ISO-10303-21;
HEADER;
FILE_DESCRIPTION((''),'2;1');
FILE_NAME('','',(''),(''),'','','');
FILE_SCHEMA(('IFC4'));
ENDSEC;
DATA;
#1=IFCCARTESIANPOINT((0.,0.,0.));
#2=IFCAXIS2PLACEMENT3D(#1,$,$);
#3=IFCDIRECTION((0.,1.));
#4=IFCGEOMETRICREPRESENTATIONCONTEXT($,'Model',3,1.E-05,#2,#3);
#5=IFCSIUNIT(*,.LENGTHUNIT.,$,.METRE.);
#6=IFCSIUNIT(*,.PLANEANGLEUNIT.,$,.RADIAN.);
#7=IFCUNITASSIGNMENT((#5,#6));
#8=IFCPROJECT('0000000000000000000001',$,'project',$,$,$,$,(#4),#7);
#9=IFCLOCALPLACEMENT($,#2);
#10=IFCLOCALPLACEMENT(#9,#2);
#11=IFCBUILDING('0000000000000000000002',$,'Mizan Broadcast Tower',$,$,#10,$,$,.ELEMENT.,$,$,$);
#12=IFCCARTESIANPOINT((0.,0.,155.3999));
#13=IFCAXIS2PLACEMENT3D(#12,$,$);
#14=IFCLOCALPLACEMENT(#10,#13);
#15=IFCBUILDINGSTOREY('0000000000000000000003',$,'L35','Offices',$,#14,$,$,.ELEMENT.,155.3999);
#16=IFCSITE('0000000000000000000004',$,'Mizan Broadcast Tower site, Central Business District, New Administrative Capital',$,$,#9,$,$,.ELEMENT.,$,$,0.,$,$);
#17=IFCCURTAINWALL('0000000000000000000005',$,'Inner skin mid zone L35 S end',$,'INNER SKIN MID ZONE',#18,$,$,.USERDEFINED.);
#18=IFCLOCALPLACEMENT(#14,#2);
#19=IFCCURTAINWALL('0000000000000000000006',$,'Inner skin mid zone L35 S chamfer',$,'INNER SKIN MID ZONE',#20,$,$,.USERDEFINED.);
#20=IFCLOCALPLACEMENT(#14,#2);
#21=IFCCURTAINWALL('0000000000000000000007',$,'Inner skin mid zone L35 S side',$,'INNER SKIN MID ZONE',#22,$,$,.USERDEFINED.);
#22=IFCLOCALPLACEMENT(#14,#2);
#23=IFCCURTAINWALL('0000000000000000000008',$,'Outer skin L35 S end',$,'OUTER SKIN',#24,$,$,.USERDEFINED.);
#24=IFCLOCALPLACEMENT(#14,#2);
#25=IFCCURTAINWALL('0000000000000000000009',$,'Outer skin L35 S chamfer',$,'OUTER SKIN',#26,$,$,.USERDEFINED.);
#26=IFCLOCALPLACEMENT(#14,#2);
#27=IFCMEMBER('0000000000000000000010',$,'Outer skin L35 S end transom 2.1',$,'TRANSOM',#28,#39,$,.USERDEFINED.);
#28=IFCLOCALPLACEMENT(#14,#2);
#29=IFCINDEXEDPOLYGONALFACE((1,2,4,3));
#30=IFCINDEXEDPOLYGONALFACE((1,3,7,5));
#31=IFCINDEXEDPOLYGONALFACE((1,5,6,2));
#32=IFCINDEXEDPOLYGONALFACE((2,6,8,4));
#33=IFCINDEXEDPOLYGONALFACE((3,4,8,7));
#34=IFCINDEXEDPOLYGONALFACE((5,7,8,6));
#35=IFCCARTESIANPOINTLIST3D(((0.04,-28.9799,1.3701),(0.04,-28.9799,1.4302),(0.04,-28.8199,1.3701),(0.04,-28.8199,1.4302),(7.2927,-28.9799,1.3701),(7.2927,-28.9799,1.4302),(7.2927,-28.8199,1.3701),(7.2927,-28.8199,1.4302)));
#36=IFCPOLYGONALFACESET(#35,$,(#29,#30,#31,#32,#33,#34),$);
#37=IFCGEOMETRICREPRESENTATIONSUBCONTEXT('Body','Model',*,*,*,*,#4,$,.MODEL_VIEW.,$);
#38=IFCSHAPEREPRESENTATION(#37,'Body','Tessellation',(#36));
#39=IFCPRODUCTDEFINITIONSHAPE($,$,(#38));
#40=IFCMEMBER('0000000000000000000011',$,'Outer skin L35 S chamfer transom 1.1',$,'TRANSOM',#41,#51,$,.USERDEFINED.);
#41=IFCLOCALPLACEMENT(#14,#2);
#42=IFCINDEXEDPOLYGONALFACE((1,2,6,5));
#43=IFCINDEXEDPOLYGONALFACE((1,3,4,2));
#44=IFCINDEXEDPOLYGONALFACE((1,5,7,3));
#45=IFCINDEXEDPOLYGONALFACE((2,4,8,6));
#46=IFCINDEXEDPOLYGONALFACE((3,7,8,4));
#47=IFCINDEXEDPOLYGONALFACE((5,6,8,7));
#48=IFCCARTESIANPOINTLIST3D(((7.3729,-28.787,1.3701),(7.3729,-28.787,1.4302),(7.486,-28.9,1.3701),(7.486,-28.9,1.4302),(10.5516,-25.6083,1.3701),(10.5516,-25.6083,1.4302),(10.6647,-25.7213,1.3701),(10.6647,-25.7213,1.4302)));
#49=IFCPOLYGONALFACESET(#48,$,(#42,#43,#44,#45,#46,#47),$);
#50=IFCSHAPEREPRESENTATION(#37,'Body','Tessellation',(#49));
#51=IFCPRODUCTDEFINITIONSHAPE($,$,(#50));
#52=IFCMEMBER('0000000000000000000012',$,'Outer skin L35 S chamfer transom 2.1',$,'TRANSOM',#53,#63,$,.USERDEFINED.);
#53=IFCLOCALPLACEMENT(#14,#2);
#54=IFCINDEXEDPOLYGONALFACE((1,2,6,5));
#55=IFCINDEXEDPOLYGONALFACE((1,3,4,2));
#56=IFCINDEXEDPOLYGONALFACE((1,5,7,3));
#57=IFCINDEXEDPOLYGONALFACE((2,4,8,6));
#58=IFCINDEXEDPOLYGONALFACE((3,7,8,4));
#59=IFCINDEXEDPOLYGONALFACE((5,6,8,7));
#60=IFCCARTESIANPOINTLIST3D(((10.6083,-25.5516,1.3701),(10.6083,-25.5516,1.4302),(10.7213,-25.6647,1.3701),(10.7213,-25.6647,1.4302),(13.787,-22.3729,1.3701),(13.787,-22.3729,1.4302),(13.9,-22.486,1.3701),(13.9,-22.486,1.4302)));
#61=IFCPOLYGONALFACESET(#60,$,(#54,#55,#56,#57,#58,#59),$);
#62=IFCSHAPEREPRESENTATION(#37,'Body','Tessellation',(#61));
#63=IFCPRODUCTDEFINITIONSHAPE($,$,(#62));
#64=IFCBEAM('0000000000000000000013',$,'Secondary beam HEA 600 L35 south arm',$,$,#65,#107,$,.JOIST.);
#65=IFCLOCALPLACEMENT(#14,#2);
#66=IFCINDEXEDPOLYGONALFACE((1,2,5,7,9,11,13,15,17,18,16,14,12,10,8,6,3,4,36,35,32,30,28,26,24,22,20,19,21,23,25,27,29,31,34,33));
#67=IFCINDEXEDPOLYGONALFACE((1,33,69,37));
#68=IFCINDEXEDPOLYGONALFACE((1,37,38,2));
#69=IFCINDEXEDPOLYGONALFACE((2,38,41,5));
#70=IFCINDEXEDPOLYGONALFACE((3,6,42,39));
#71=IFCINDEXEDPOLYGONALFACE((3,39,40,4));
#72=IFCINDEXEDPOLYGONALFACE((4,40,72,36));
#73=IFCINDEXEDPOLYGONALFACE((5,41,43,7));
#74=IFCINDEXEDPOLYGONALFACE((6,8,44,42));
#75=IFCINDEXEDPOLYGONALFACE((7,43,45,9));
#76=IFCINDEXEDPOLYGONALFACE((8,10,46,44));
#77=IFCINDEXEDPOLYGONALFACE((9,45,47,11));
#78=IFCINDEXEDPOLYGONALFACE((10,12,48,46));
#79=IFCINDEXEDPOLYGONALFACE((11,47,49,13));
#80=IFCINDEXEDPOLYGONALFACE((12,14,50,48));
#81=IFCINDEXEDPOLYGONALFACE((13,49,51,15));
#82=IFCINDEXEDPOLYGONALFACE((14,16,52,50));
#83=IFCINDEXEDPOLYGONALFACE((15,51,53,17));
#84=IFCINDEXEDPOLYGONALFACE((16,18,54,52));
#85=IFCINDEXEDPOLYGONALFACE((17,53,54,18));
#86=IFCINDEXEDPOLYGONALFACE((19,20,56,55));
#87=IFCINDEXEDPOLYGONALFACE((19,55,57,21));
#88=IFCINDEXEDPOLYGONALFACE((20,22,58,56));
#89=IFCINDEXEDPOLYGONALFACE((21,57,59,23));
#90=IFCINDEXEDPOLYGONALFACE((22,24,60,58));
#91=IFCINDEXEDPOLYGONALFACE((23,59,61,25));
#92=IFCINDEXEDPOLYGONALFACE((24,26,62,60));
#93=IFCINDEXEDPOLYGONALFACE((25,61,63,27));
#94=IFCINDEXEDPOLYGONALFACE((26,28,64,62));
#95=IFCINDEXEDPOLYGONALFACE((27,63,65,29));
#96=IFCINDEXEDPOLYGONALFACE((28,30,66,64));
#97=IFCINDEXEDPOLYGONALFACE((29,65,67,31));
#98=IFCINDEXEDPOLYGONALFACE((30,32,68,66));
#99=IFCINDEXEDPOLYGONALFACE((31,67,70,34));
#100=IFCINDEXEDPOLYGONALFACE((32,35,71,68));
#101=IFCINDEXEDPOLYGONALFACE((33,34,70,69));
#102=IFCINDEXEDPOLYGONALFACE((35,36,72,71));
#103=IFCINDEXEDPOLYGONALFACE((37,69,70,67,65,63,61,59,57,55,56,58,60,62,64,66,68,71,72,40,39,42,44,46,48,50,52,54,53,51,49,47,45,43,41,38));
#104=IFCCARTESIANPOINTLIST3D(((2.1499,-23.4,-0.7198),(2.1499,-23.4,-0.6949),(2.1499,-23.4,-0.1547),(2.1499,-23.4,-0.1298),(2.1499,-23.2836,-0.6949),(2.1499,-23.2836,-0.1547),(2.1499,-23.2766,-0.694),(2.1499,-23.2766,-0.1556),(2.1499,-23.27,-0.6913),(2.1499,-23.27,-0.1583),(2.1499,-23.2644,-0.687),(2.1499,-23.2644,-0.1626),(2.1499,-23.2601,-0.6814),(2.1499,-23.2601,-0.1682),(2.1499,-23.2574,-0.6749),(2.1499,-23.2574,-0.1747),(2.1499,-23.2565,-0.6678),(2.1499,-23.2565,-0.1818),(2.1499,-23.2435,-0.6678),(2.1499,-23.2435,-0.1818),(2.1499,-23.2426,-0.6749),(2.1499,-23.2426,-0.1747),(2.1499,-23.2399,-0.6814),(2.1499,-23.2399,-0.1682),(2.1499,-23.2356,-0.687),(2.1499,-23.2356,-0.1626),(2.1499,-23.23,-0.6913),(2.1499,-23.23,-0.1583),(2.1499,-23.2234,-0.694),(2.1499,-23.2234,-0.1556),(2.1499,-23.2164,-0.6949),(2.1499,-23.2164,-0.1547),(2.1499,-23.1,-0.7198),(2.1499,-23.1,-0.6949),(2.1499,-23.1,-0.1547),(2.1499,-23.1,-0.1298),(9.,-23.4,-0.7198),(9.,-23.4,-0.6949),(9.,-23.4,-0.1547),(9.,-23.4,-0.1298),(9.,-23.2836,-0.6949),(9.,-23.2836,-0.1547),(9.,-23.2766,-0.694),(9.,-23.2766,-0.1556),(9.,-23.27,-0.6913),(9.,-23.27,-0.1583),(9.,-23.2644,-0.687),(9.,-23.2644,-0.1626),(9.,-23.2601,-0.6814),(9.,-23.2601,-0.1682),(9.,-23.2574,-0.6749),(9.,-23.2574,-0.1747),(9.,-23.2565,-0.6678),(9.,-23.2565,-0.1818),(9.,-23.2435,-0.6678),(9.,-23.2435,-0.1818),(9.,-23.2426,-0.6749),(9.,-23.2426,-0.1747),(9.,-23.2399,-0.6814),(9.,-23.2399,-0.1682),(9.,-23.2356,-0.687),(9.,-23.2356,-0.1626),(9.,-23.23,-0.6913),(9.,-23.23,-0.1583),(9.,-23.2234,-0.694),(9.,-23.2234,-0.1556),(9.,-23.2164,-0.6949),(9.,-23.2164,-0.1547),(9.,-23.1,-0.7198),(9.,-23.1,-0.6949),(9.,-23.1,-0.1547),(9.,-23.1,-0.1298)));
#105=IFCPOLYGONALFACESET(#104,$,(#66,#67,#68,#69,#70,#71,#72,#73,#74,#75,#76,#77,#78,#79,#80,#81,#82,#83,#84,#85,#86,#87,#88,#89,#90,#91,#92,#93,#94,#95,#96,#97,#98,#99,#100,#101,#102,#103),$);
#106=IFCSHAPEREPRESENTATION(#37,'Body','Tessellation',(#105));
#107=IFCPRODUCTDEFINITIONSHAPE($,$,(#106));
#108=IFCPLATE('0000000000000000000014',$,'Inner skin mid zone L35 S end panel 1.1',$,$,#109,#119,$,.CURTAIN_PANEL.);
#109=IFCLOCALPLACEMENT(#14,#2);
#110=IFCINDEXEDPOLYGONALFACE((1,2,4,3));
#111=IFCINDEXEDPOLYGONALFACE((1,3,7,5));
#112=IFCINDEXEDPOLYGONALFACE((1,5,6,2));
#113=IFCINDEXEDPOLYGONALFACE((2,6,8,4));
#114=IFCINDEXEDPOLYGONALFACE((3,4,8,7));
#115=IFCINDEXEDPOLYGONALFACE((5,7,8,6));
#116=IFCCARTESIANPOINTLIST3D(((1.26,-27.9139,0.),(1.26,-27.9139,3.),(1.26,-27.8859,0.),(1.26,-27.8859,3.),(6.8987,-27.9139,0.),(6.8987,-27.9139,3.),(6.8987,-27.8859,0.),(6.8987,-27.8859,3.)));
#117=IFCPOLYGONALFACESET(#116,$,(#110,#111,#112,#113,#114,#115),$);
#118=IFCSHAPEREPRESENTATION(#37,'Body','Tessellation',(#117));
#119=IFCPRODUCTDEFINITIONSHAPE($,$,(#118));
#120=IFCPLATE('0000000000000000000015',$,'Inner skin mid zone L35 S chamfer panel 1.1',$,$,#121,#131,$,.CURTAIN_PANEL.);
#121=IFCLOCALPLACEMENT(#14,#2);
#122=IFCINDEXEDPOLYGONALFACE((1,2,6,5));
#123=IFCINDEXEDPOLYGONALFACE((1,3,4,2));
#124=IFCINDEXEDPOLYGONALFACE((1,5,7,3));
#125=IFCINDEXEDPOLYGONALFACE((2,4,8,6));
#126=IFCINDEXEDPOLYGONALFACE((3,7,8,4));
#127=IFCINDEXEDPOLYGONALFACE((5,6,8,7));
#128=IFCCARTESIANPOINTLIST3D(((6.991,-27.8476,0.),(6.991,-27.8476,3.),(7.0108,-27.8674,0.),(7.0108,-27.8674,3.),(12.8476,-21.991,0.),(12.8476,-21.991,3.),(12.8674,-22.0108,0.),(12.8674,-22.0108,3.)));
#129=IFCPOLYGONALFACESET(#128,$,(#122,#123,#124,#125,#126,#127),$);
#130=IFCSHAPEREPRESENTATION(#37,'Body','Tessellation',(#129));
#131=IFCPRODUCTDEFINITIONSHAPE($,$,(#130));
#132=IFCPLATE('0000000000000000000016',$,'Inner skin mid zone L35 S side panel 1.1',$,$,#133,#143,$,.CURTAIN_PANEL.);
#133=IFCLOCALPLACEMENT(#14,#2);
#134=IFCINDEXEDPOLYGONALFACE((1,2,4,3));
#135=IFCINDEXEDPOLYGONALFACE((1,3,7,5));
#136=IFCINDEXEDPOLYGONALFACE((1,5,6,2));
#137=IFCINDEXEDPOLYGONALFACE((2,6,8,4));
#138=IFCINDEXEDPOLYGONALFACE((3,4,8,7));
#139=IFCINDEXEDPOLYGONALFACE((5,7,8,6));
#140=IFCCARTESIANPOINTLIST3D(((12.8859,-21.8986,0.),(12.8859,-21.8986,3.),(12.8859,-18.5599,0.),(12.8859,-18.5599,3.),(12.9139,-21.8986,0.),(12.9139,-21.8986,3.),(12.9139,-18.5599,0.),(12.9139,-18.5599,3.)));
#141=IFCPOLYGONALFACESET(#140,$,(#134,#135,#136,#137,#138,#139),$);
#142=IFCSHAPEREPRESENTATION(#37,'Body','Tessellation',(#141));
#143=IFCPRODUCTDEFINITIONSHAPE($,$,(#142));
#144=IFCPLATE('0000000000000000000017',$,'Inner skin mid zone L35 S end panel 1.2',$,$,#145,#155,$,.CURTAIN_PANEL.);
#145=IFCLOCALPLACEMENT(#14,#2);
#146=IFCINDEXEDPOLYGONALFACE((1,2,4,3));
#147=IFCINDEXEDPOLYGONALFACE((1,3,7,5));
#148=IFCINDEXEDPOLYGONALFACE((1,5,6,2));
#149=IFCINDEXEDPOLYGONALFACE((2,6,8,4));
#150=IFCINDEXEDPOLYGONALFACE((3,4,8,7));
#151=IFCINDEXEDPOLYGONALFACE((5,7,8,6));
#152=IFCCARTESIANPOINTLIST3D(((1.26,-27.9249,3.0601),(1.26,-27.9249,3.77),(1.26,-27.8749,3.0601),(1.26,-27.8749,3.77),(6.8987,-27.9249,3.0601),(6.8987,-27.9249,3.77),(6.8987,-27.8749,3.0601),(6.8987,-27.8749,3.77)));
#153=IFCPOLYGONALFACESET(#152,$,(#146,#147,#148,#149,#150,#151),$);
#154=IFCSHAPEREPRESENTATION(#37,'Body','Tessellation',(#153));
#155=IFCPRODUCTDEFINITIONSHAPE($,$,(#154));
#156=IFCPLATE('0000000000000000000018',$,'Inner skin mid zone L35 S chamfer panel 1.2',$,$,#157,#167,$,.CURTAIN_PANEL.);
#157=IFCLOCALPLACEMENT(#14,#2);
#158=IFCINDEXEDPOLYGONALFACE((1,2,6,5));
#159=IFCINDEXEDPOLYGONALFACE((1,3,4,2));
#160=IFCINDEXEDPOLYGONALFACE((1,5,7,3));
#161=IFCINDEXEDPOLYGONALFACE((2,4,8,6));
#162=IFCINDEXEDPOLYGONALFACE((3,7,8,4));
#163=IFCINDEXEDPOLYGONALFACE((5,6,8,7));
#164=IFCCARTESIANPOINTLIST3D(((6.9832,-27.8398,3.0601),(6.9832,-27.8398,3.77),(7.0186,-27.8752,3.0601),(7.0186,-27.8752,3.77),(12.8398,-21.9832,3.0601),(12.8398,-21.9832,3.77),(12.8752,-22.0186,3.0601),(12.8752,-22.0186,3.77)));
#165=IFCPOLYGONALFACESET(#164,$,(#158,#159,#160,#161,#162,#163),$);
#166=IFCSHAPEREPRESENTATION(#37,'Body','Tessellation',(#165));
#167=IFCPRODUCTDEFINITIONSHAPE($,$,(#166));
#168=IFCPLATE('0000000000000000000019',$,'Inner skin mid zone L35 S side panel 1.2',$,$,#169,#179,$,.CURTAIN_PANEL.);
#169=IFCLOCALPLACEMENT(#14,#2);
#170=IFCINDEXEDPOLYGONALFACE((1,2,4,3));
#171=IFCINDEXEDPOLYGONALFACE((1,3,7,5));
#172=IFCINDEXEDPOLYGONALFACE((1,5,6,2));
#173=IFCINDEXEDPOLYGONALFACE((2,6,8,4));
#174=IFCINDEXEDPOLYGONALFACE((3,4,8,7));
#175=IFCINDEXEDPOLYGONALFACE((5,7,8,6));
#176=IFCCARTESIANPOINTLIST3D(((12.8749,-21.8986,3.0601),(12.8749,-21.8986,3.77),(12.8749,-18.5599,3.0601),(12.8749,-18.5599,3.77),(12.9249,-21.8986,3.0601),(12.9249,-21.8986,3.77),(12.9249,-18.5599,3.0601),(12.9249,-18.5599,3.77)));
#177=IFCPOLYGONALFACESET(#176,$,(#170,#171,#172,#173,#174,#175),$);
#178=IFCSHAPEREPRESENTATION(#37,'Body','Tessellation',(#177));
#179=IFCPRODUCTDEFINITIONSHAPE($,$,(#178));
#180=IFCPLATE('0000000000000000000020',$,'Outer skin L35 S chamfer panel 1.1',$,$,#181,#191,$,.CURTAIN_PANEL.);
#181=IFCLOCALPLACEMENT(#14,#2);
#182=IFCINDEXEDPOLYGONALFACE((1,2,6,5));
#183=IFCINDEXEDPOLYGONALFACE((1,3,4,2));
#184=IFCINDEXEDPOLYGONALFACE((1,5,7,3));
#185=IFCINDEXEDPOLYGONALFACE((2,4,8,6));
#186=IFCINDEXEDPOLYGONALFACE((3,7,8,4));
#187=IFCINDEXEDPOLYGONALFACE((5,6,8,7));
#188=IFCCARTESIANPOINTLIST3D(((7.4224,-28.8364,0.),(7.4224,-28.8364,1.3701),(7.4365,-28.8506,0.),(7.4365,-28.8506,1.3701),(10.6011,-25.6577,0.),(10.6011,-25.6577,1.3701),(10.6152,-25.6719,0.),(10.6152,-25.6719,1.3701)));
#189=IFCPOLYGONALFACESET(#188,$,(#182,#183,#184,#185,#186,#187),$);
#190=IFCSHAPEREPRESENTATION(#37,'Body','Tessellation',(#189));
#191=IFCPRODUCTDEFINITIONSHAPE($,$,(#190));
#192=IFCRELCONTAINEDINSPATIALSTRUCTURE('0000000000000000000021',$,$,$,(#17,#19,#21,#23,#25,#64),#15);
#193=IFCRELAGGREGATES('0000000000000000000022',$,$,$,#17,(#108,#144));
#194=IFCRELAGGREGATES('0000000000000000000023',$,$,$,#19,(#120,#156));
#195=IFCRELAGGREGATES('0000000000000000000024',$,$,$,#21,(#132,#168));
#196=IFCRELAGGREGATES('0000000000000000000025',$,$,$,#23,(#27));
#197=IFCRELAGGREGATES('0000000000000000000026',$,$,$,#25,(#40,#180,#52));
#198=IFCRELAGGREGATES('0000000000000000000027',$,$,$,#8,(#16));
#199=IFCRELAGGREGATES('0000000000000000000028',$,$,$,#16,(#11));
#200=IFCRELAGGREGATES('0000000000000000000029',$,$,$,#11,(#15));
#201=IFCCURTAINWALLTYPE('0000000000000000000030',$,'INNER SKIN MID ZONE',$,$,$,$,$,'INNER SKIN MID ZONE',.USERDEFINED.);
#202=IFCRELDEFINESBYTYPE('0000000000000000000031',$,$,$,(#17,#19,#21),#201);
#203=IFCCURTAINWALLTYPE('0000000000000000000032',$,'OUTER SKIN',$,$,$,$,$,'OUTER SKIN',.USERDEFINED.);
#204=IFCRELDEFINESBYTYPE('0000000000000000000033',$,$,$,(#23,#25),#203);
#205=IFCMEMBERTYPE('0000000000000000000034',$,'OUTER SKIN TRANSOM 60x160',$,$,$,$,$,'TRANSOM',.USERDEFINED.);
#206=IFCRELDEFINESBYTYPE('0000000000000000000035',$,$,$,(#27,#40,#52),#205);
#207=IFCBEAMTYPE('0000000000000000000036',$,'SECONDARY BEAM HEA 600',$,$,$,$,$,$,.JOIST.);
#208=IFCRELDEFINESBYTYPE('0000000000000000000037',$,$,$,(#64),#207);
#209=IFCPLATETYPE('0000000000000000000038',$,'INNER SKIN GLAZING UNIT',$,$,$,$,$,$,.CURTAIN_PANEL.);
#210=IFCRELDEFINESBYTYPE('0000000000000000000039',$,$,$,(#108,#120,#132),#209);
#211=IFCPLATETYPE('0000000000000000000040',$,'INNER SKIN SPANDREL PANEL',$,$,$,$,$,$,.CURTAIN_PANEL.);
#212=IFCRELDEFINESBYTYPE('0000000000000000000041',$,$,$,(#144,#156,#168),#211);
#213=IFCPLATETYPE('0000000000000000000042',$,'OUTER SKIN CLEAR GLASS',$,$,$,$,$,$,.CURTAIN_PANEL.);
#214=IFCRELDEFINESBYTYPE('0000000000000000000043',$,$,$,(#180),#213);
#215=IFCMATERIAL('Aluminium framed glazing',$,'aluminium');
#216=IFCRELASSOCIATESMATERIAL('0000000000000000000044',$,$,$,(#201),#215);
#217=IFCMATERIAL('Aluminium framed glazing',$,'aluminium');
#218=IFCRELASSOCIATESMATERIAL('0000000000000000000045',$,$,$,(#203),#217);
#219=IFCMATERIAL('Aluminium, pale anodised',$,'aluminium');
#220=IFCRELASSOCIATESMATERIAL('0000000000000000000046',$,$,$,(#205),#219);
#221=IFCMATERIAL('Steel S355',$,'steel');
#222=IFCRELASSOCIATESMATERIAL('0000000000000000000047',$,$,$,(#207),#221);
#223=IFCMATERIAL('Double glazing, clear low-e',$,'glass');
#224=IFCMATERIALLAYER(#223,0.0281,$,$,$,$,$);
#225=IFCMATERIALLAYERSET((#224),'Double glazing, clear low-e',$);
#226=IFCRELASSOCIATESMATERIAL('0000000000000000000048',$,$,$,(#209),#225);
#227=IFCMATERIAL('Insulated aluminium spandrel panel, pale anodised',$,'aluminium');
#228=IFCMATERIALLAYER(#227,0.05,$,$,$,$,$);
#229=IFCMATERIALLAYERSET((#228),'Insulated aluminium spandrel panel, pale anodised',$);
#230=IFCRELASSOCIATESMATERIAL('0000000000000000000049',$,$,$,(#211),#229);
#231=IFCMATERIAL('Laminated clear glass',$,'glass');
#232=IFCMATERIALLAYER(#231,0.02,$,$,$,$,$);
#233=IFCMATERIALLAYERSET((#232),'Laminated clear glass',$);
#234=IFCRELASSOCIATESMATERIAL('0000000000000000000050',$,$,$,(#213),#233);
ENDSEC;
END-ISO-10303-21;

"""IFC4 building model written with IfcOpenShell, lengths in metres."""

from ifc_helpers import new_model, si_unit, direction, frame, origin, origin_2d, place, context, subcontext, project, spatial, rectangle, i_section, extrude, material, layer, layer_set, material_profile, profile_set, type_object, element, aggregate, save


model = new_model("IFC4")

# Units and contexts
model_context = context("Model", 3, precision=1e-05, world=origin(), true_north=direction((0.0, 1.0)))
body_context = subcontext(model_context, "Body", "Model", "MODEL_VIEW")
ifc_project = project(units=[si_unit("LENGTHUNIT", "METRE"), si_unit("PLANEANGLEUNIT", "RADIAN")], contexts=[model_context])

# Site, building, storey
site_placement = place(None, origin())
site = spatial("IfcSite", under=ifc_project, at=site_placement, Name="Mizan Broadcast Tower site, Central Business District, New Administrative Capital", CompositionType="ELEMENT", RefElevation=0.0)
building_placement = place(site_placement, origin())
building = spatial("IfcBuilding", under=site, at=building_placement, Name="Mizan Broadcast Tower", CompositionType="ELEMENT")
storey_placement = place(building_placement, frame((0.0, 0.0, 155.3999)))
storey = spatial("IfcBuildingStorey", under=building, at=storey_placement, Name="L35", Description="Offices", CompositionType="ELEMENT", Elevation=155.3999)

# Curtain wall
ifc_material_1 = material(Name="Aluminium framed glazing", Category="aluminium")
curtain_wall_type_1 = type_object("IfcCurtainWallType", Name="INNER SKIN MID ZONE", ElementType="INNER SKIN MID ZONE", PredefinedType="USERDEFINED", material=ifc_material_1)
curtain_wall_1_placement = place(storey_placement, origin())
curtain_wall_1 = element("IfcCurtainWall", 1, at=curtain_wall_1_placement, inside=storey, type_object=curtain_wall_type_1, Name="Inner skin mid zone L35 S end", ObjectType="INNER SKIN MID ZONE", PredefinedType="USERDEFINED")

# Curtain wall
curtain_wall_2_placement = place(storey_placement, origin())
curtain_wall_2 = element("IfcCurtainWall", 2, at=curtain_wall_2_placement, inside=storey, type_object=curtain_wall_type_1, Name="Inner skin mid zone L35 S chamfer", ObjectType="INNER SKIN MID ZONE", PredefinedType="USERDEFINED")

# Curtain wall
curtain_wall_3_placement = place(storey_placement, origin())
curtain_wall_3 = element("IfcCurtainWall", 3, at=curtain_wall_3_placement, inside=storey, type_object=curtain_wall_type_1, Name="Inner skin mid zone L35 S side", ObjectType="INNER SKIN MID ZONE", PredefinedType="USERDEFINED")

# Curtain wall
ifc_material_2 = material(Name="Aluminium framed glazing", Category="aluminium")
curtain_wall_type_2 = type_object("IfcCurtainWallType", Name="OUTER SKIN", ElementType="OUTER SKIN", PredefinedType="USERDEFINED", material=ifc_material_2)
curtain_wall_4_placement = place(storey_placement, origin())
curtain_wall_4 = element("IfcCurtainWall", 4, at=curtain_wall_4_placement, inside=storey, type_object=curtain_wall_type_2, Name="Outer skin L35 S end", ObjectType="OUTER SKIN", PredefinedType="USERDEFINED")

# Curtain wall
curtain_wall_5_placement = place(storey_placement, origin())
curtain_wall_5 = element("IfcCurtainWall", 5, at=curtain_wall_5_placement, inside=storey, type_object=curtain_wall_type_2, Name="Outer skin L35 S chamfer", ObjectType="OUTER SKIN", PredefinedType="USERDEFINED")

# Members
ifc_material_3 = material(Name="Aluminium, pale anodised", Category="aluminium")
ifc_material_profile_1 = material_profile(ifc_material_3, rectangle(XDim=0.1599, YDim=0.0601, at=origin_2d()), Name="TRANSOM 160x60")
ifc_profile_set_1 = profile_set([ifc_material_profile_1], Name="Aluminium, pale anodised")
member_type_1 = type_object("IfcMemberType", Name="OUTER SKIN TRANSOM 60x160", ElementType="TRANSOM", PredefinedType="USERDEFINED", material=ifc_profile_set_1)
member_1_placement = place(storey_placement, frame((0.04, -28.8999, 1.4001), z_axis=(1.0, 0.0, 0.0), x_axis=(0.0, 1.0, 0.0)))
member_1 = element("IfcMember", 6, at=member_1_placement, type_object=member_type_1, Name="Outer skin L35 S end transom 2.1", ObjectType="TRANSOM", PredefinedType="USERDEFINED", context=body_context, shape_type="SweptSolid", body=[
    extrude(rectangle(XDim=0.1599, YDim=0.0601, at=origin_2d()), origin(), (0.0, 0.0, 1.0), 7.2527),
])
member_2_placement = place(storey_placement, frame((7.4294, -28.8435, 1.4001), z_axis=(0.707107, 0.707107, 0.0), x_axis=(-0.707107, 0.707107, 0.0)))
member_2 = element("IfcMember", 7, at=member_2_placement, type_object=member_type_1, Name="Outer skin L35 S chamfer transom 1.1", ObjectType="TRANSOM", PredefinedType="USERDEFINED", context=body_context, shape_type="SweptSolid", body=[
    extrude(rectangle(XDim=0.1599, YDim=0.0601, at=origin_2d()), origin(), (0.0, 0.0, 1.0), 4.4954),
])
member_3_placement = place(storey_placement, frame((10.6648, -25.6082, 1.4001), z_axis=(0.707107, 0.707107, 0.0), x_axis=(-0.707107, 0.707107, 0.0)))
member_3 = element("IfcMember", 8, at=member_3_placement, type_object=member_type_1, Name="Outer skin L35 S chamfer transom 2.1", ObjectType="TRANSOM", PredefinedType="USERDEFINED", context=body_context, shape_type="SweptSolid", body=[
    extrude(rectangle(XDim=0.1599, YDim=0.0601, at=origin_2d()), origin(), (0.0, 0.0, 1.0), 4.4954),
])

# Beam
ifc_material_4 = material(Name="Steel S355", Category="steel")
ifc_material_profile_2 = material_profile(ifc_material_4, i_section(OverallWidth=0.3, OverallDepth=0.5901, WebThickness=0.0129, FlangeThickness=0.0249, FilletRadius=0.0271, at=origin_2d()), Name="HEA 600")
ifc_profile_set_2 = profile_set([ifc_material_profile_2], Name="Steel S355")
beam_type_1 = type_object("IfcBeamType", Name="SECONDARY BEAM HEA 600", PredefinedType="JOIST", material=ifc_profile_set_2)
beam_1_placement = place(storey_placement, frame((9.0, -23.25, -0.4248), z_axis=(-1.0, 0.0, 0.0), x_axis=(0.0, -1.0, 0.0)))
element("IfcBeam", 9, at=beam_1_placement, inside=storey, type_object=beam_type_1, Name="Secondary beam HEA 600 L35 south arm", PredefinedType="JOIST", context=body_context, shape_type="SweptSolid", body=[
    extrude(i_section(OverallWidth=0.3, OverallDepth=0.5901, WebThickness=0.0129, FlangeThickness=0.0249, FilletRadius=0.0271, at=origin_2d()), origin(), (0.0, 0.0, 1.0), 6.8501),
])

# Plates
ifc_material_5 = material(Name="Double glazing, clear low-e", Category="glass")
ifc_layer_1 = layer(ifc_material_5, 0.0281)
ifc_layer_set_1 = layer_set([ifc_layer_1], Name="Double glazing, clear low-e")
plate_type_1 = type_object("IfcPlateType", Name="INNER SKIN GLAZING UNIT", PredefinedType="CURTAIN_PANEL", material=ifc_layer_set_1)
plate_1_placement = place(storey_placement, frame((4.0793, -27.8999, 0.0), z_axis=(0.0, 0.0, 1.0), x_axis=(1.0, 0.0, 0.0)))
plate_1 = element("IfcPlate", 10, at=plate_1_placement, type_object=plate_type_1, Name="Inner skin mid zone L35 S end panel 1.1", PredefinedType="CURTAIN_PANEL", context=body_context, shape_type="SweptSolid", body=[
    extrude(rectangle(XDim=5.6387, YDim=0.0281, at=origin_2d()), origin(), (0.0, 0.0, 1.0), 3.0),
])
plate_2_placement = place(storey_placement, frame((9.9292, -24.9292, 0.0), z_axis=(0.0, 0.0, 1.0), x_axis=(0.707107, 0.707107, 0.0)))
plate_2 = element("IfcPlate", 11, at=plate_2_placement, type_object=plate_type_1, Name="Inner skin mid zone L35 S chamfer panel 1.1", PredefinedType="CURTAIN_PANEL", context=body_context, shape_type="SweptSolid", body=[
    extrude(rectangle(XDim=8.2825, YDim=0.0281, at=origin_2d()), origin(), (0.0, 0.0, 1.0), 3.0),
])
plate_3_placement = place(storey_placement, frame((12.8999, -20.2292, 0.0), z_axis=(0.0, 0.0, 1.0), x_axis=(0.0, 1.0, 0.0)))
plate_3 = element("IfcPlate", 12, at=plate_3_placement, type_object=plate_type_1, Name="Inner skin mid zone L35 S side panel 1.1", PredefinedType="CURTAIN_PANEL", context=body_context, shape_type="SweptSolid", body=[
    extrude(rectangle(XDim=3.3386, YDim=0.0281, at=origin_2d()), origin(), (0.0, 0.0, 1.0), 3.0),
])
ifc_material_6 = material(Name="Insulated aluminium spandrel panel, pale anodised", Category="aluminium")
ifc_layer_2 = layer(ifc_material_6, 0.05)
ifc_layer_set_2 = layer_set([ifc_layer_2], Name="Insulated aluminium spandrel panel, pale anodised")
plate_type_2 = type_object("IfcPlateType", Name="INNER SKIN SPANDREL PANEL", PredefinedType="CURTAIN_PANEL", material=ifc_layer_set_2)
plate_4_placement = place(storey_placement, frame((4.0793, -27.8999, 3.0601), z_axis=(0.0, 0.0, 1.0), x_axis=(1.0, 0.0, 0.0)))
plate_4 = element("IfcPlate", 13, at=plate_4_placement, type_object=plate_type_2, Name="Inner skin mid zone L35 S end panel 1.2", PredefinedType="CURTAIN_PANEL", context=body_context, shape_type="SweptSolid", body=[
    extrude(rectangle(XDim=5.6387, YDim=0.05, at=origin_2d()), origin(), (0.0, 0.0, 1.0), 0.71),
])
aggregate(curtain_wall_1, [plate_1, plate_4])
plate_5_placement = place(storey_placement, frame((9.9292, -24.9292, 3.0601), z_axis=(0.0, 0.0, 1.0), x_axis=(0.707107, 0.707107, 0.0)))
plate_5 = element("IfcPlate", 14, at=plate_5_placement, type_object=plate_type_2, Name="Inner skin mid zone L35 S chamfer panel 1.2", PredefinedType="CURTAIN_PANEL", context=body_context, shape_type="SweptSolid", body=[
    extrude(rectangle(XDim=8.2825, YDim=0.05, at=origin_2d()), origin(), (0.0, 0.0, 1.0), 0.71),
])
aggregate(curtain_wall_2, [plate_2, plate_5])
plate_6_placement = place(storey_placement, frame((12.8999, -20.2292, 3.0601), z_axis=(0.0, 0.0, 1.0), x_axis=(0.0, 1.0, 0.0)))
plate_6 = element("IfcPlate", 15, at=plate_6_placement, type_object=plate_type_2, Name="Inner skin mid zone L35 S side panel 1.2", PredefinedType="CURTAIN_PANEL", context=body_context, shape_type="SweptSolid", body=[
    extrude(rectangle(XDim=3.3386, YDim=0.05, at=origin_2d()), origin(), (0.0, 0.0, 1.0), 0.71),
])
aggregate(curtain_wall_3, [plate_3, plate_6])
ifc_material_7 = material(Name="Laminated clear glass", Category="glass")
ifc_layer_3 = layer(ifc_material_7, 0.02)
ifc_layer_set_3 = layer_set([ifc_layer_3], Name="Laminated clear glass")
plate_type_3 = type_object("IfcPlateType", Name="OUTER SKIN CLEAR GLASS", PredefinedType="CURTAIN_PANEL", material=ifc_layer_set_3)
plate_7_placement = place(storey_placement, frame((9.0188, -27.2542, 0.0), z_axis=(0.0, 0.0, 1.0), x_axis=(0.707107, 0.707107, 0.0)))
plate_7 = element("IfcPlate", 16, at=plate_7_placement, type_object=plate_type_3, Name="Outer skin L35 S chamfer panel 1.1", PredefinedType="CURTAIN_PANEL", context=body_context, shape_type="SweptSolid", body=[
    extrude(rectangle(XDim=4.4954, YDim=0.02, at=origin_2d()), origin(), (0.0, 0.0, 1.0), 1.3701),
])
aggregate(curtain_wall_4, [member_1])
aggregate(curtain_wall_5, [member_2, plate_7, member_3])

save(model, "model.ifc")
